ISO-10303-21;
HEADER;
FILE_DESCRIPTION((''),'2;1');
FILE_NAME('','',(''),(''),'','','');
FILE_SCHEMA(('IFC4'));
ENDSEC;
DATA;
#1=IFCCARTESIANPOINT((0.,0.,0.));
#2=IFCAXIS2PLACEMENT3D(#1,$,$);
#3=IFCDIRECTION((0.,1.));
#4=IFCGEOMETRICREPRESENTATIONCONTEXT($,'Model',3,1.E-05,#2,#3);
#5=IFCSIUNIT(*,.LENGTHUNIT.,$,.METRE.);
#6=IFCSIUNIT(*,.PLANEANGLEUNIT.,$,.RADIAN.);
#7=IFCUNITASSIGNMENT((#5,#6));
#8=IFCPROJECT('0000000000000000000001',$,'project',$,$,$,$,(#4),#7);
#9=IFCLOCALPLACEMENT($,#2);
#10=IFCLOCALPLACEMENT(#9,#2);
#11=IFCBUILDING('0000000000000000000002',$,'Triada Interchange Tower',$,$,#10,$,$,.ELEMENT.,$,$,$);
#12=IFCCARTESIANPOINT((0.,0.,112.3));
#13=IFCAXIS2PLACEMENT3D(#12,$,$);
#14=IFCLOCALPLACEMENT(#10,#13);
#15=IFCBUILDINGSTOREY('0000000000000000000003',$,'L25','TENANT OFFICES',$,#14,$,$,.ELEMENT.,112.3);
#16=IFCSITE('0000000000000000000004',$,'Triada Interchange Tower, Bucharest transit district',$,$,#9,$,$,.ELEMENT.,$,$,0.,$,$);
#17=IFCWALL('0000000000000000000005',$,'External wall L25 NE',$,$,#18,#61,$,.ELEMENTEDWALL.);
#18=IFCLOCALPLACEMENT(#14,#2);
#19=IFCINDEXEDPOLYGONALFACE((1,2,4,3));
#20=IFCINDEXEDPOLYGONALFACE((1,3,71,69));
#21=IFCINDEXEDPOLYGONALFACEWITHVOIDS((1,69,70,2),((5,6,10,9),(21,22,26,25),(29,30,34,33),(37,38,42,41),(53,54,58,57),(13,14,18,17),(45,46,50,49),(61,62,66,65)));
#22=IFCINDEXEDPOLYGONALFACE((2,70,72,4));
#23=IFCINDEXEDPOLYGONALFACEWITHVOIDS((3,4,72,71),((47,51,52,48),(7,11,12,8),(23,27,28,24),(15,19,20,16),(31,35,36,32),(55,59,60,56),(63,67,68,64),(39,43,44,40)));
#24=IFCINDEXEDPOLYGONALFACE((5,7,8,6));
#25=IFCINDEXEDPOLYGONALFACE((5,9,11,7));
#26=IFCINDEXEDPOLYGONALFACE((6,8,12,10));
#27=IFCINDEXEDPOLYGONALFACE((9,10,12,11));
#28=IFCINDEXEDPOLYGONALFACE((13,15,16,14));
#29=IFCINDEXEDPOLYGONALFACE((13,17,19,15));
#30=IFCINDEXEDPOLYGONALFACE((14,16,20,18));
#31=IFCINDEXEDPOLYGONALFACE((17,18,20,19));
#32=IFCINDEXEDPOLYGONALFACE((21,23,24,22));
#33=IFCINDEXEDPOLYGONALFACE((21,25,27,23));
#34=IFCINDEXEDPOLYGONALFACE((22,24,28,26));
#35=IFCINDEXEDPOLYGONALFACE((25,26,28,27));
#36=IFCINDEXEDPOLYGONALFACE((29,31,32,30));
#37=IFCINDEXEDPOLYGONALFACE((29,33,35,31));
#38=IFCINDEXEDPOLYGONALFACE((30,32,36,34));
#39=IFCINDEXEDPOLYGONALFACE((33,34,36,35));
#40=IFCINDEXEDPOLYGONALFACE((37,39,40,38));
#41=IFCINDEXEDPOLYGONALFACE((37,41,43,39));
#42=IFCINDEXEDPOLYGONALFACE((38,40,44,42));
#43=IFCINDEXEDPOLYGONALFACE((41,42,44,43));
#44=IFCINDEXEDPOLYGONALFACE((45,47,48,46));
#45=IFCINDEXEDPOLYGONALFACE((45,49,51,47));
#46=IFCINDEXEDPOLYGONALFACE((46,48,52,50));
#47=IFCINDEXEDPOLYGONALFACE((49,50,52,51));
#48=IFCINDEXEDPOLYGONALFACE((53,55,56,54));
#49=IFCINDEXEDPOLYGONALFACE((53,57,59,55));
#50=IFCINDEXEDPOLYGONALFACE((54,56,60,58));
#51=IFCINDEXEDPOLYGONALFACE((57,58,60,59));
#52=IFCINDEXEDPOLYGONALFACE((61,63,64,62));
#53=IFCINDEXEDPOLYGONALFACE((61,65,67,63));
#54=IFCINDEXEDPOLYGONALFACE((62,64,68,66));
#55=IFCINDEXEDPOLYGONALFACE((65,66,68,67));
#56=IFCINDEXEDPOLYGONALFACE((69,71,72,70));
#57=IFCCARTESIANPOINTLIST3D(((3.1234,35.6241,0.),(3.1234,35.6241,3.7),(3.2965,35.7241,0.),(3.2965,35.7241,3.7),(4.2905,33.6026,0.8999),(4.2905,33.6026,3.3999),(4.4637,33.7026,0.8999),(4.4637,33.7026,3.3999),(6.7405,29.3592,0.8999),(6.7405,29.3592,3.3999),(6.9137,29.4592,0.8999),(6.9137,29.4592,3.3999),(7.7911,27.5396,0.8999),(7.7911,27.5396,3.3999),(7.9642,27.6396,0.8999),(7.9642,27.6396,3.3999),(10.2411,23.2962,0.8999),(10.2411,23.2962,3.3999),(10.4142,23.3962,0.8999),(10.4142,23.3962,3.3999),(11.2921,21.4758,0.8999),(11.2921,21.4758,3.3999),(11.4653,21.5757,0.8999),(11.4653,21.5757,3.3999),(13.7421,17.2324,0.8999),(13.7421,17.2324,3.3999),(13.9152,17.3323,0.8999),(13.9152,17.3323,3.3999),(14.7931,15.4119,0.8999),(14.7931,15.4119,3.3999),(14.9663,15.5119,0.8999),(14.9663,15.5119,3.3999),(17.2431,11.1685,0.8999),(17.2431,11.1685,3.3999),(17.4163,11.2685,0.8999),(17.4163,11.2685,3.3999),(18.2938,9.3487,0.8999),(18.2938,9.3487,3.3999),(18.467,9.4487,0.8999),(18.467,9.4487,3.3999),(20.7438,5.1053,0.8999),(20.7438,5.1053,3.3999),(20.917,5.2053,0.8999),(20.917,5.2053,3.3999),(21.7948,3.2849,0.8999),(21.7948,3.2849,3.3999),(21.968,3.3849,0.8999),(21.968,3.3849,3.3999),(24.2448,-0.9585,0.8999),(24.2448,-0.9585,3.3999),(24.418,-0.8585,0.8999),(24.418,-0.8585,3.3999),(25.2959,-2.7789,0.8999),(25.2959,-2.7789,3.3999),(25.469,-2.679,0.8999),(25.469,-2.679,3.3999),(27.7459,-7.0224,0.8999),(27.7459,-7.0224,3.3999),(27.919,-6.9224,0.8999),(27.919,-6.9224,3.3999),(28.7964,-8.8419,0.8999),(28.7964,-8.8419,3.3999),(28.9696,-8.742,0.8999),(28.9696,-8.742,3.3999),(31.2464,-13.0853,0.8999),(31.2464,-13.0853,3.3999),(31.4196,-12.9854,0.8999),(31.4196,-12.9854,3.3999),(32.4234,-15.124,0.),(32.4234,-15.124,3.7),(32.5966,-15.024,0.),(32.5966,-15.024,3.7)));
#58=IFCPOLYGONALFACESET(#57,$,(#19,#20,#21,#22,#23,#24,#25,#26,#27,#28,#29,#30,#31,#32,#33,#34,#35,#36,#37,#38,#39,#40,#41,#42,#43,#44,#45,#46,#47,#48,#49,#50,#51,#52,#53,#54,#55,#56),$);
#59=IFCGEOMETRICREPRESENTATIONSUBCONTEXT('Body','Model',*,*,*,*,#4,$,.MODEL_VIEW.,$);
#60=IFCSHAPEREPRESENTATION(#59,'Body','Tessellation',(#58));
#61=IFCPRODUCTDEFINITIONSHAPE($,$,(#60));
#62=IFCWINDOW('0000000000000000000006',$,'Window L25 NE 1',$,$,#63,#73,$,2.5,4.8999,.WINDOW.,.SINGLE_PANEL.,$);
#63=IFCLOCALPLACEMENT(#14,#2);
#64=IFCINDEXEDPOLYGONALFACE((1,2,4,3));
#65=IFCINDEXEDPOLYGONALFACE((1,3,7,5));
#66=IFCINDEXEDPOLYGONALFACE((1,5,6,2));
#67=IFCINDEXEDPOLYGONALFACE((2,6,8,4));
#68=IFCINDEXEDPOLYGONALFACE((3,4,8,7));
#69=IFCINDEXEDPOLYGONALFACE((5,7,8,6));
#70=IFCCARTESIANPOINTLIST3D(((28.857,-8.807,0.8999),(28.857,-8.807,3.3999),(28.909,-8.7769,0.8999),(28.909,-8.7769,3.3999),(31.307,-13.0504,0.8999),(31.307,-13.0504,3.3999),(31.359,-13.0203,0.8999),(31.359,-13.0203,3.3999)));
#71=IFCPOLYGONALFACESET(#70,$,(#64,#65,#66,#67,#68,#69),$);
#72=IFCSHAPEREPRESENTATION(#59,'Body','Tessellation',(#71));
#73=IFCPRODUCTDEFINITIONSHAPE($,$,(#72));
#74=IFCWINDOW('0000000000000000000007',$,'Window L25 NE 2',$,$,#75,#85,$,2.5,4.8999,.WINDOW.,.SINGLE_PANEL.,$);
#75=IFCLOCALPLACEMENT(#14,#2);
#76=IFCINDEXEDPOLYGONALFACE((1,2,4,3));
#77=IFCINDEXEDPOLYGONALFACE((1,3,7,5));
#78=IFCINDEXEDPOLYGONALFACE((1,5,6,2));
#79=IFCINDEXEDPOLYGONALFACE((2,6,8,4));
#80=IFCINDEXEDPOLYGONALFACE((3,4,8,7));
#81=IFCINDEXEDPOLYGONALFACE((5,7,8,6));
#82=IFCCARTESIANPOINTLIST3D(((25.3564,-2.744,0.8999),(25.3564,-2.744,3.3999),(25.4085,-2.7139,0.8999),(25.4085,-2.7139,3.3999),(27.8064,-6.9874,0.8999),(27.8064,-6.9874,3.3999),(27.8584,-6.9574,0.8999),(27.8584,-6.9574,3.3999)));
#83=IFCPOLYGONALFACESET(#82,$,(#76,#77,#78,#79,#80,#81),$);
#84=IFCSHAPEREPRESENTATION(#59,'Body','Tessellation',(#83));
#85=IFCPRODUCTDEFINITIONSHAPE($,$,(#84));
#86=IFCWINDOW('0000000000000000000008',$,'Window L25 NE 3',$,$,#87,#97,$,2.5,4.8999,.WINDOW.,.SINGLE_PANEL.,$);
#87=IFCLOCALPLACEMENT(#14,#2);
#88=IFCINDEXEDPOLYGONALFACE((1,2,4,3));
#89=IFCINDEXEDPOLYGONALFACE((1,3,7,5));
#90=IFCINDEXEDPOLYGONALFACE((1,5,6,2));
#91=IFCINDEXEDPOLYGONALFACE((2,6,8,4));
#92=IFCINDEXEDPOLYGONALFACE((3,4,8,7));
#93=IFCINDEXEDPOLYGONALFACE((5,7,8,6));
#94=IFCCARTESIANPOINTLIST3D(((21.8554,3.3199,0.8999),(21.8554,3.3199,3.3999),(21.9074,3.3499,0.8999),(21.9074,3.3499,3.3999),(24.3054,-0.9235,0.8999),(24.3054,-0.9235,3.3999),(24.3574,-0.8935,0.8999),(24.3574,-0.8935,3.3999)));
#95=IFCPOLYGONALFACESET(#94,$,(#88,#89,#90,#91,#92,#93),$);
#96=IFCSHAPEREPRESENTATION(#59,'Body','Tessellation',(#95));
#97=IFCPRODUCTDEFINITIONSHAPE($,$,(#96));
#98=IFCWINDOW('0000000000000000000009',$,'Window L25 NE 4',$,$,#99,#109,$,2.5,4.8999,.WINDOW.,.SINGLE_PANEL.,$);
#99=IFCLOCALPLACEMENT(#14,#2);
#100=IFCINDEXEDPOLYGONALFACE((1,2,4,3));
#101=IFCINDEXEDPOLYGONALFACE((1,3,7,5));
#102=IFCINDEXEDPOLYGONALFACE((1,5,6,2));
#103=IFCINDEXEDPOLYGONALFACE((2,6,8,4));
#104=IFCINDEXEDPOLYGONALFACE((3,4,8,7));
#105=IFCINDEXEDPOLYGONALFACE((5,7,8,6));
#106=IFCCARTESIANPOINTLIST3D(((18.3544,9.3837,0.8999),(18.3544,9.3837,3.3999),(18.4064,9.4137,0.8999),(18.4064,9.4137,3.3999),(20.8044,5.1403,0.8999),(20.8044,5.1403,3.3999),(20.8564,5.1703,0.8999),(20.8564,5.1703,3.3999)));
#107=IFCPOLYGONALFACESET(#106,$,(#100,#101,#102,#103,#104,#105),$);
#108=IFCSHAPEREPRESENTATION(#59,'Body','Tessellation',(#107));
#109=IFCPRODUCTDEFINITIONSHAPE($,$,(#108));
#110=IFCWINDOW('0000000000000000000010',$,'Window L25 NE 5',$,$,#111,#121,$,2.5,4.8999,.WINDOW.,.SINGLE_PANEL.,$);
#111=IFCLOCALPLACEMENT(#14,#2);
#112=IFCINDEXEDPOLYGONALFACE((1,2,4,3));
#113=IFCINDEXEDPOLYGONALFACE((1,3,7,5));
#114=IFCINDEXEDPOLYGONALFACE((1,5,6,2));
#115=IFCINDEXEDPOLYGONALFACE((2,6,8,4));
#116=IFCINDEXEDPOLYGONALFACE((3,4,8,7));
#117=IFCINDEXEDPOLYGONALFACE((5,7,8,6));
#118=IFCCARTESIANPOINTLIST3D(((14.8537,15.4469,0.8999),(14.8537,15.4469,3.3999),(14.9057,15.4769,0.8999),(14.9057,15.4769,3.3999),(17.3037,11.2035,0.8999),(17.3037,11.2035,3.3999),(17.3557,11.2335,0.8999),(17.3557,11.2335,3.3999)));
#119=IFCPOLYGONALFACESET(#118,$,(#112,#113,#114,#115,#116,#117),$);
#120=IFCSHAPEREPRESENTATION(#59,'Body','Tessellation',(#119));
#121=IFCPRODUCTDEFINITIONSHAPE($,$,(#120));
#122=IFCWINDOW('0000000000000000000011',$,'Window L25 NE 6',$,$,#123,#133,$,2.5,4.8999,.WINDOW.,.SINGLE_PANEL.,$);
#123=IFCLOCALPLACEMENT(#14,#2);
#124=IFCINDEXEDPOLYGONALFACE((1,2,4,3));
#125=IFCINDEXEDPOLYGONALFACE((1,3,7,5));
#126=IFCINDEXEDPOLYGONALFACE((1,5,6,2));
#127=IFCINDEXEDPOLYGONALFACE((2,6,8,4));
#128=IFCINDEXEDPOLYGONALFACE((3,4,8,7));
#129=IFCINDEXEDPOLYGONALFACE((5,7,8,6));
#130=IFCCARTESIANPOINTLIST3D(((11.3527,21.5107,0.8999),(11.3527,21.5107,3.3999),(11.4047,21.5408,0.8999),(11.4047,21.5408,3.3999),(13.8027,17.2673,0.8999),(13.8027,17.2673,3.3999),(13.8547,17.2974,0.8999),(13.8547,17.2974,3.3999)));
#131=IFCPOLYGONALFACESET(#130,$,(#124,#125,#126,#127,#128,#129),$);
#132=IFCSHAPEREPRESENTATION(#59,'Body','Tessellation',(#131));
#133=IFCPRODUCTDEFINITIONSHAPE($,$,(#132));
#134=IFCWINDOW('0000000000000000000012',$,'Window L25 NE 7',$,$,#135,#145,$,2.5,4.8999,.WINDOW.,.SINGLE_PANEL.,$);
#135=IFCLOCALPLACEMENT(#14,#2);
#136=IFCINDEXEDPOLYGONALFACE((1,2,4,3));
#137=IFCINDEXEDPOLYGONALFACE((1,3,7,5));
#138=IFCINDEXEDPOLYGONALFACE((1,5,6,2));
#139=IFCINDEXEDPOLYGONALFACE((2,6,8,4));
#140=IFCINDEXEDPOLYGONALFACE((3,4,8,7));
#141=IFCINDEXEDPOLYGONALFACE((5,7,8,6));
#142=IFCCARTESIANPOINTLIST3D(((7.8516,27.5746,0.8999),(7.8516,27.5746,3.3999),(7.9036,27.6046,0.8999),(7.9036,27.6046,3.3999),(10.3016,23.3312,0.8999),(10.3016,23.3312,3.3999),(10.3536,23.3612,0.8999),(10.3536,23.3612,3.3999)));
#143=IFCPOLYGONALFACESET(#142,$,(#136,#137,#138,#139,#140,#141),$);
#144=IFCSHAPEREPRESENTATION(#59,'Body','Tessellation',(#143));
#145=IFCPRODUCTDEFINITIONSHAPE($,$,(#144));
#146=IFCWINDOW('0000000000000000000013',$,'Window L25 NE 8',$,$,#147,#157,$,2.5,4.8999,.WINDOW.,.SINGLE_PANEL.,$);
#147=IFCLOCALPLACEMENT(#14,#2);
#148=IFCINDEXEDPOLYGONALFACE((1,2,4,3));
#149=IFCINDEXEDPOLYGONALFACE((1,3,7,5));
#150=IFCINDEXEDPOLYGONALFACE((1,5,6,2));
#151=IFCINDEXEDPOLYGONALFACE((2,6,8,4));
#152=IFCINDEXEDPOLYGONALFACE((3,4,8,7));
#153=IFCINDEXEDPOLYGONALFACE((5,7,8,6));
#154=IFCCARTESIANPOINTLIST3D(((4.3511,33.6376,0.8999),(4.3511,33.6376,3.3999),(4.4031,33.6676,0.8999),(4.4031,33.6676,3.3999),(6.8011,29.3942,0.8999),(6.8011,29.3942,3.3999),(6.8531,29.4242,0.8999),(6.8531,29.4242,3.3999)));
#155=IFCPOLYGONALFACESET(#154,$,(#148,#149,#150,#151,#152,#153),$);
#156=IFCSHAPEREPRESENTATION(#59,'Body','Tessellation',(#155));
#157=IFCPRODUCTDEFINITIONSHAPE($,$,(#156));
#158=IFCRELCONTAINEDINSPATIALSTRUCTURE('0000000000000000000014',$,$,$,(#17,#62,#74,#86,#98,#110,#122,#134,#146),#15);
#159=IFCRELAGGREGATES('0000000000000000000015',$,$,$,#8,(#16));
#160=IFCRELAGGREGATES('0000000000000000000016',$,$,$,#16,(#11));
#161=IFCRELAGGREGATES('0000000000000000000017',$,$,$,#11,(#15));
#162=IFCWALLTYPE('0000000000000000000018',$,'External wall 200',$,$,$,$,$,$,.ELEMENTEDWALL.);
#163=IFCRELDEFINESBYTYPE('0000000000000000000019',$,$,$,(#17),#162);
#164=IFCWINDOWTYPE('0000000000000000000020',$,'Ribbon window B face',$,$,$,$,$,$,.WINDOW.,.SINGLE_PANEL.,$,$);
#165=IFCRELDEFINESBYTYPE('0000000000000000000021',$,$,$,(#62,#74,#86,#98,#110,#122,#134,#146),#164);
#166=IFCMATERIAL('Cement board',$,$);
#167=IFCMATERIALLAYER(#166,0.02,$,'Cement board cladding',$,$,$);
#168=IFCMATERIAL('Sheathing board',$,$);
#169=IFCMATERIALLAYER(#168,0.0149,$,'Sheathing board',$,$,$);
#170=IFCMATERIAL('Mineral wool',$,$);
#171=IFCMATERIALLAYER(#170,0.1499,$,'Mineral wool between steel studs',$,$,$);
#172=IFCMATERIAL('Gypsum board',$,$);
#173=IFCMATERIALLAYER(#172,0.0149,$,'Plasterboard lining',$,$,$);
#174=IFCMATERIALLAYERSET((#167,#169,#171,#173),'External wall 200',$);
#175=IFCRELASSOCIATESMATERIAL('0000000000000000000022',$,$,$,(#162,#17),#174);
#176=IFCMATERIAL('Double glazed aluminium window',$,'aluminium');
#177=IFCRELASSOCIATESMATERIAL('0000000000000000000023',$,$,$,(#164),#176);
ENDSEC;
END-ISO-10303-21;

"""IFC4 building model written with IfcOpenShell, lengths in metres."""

from ifc_helpers import new_model, si_unit, direction, frame, frame_2d, origin, place, context, subcontext, project, spatial, rectangle, extrude, material, layer, layer_set, layer_usage, type_object, element, fill, save


model = new_model("IFC4")

# Units and contexts
model_context = context("Model", 3, precision=1e-05, world=origin(), true_north=direction((0.0, 1.0)))
body_context = subcontext(model_context, "Body", "Model", "MODEL_VIEW")
ifc_project = project(units=[si_unit("LENGTHUNIT", "METRE"), si_unit("PLANEANGLEUNIT", "RADIAN")], contexts=[model_context])

# Site, building, storey
site_placement = place(None, origin())
site = spatial("IfcSite", under=ifc_project, at=site_placement, Name="Triada Interchange Tower, Bucharest transit district", CompositionType="ELEMENT", RefElevation=0.0)
building_placement = place(site_placement, origin())
building = spatial("IfcBuilding", under=site, at=building_placement, Name="Triada Interchange Tower", CompositionType="ELEMENT")
storey_placement = place(building_placement, frame((0.0, 0.0, 112.3)))
storey = spatial("IfcBuildingStorey", under=building, at=storey_placement, Name="L25", Description="TENANT OFFICES", CompositionType="ELEMENT", Elevation=112.3)

# Shared definitions
ifc_material_1 = material(Name="Cement board")
ifc_layer_1 = layer(ifc_material_1, 0.02, Name="Cement board cladding")
ifc_material_2 = material(Name="Sheathing board")
ifc_layer_2 = layer(ifc_material_2, 0.0149, Name="Sheathing board")
ifc_material_3 = material(Name="Mineral wool")
ifc_layer_3 = layer(ifc_material_3, 0.1499, Name="Mineral wool between steel studs")
ifc_material_4 = material(Name="Gypsum board")
ifc_layer_4 = layer(ifc_material_4, 0.0149, Name="Plasterboard lining")
ifc_layer_set_1 = layer_set([ifc_layer_1, ifc_layer_2, ifc_layer_3, ifc_layer_4], Name="External wall 200")
ifc_layer_usage = layer_usage(ifc_layer_set_1, "AXIS2", "POSITIVE", -0.1001)
wall_type = type_object("IfcWallType", Name="External wall 200", PredefinedType="ELEMENTEDWALL", material=ifc_layer_set_1)
ifc_material_5 = material(Name="Double glazed aluminium window", Category="aluminium")

# Wall, openings, windows
wall_1_placement = place(storey_placement, frame((32.51, -15.074, 0.0), z_axis=(0.0, 0.0, 1.0), x_axis=(-0.500008, 0.866021, 0.0)))
wall_1 = element("IfcWall", 1, at=wall_1_placement, inside=storey, type_object=wall_type, material=ifc_layer_usage, Name="External wall L25 NE", PredefinedType="ELEMENTEDWALL", context=body_context, shape_type="SweptSolid", body=[
    extrude(rectangle(XDim=58.5991, YDim=0.2, at=frame_2d((29.2996, 0.0))), origin(), (0.0, 0.0, 1.0), 3.7),
])
opening_1_placement = place(wall_1_placement, frame((2.354, 0.0, 0.8999)))
opening_1 = element("IfcOpeningElement", 2, at=opening_1_placement, cuts=wall_1, PredefinedType="OPENING", context=body_context, shape_type="SweptSolid", body=[
    extrude(rectangle(XDim=4.8999, YDim=2.5, at=frame_2d((2.45, 1.25))), frame((0.0, 0.1099, 0.0), z_axis=(0.0, -1.0, 0.0), x_axis=(1.0, 0.0, 0.0)), (0.0, 0.0, 1.0), 0.22),
])
opening_2_placement = place(wall_1_placement, frame((9.355, 0.0, 0.8999)))
opening_2 = element("IfcOpeningElement", 3, at=opening_2_placement, cuts=wall_1, PredefinedType="OPENING", context=body_context, shape_type="SweptSolid", body=[
    extrude(rectangle(XDim=4.8999, YDim=2.5, at=frame_2d((2.45, 1.25))), frame((0.0, 0.1099, 0.0), z_axis=(0.0, -1.0, 0.0), x_axis=(1.0, 0.0, 0.0)), (0.0, 0.0, 1.0), 0.22),
])
opening_3_placement = place(wall_1_placement, frame((16.3569, 0.0, 0.8999)))
opening_3 = element("IfcOpeningElement", 4, at=opening_3_placement, cuts=wall_1, PredefinedType="OPENING", context=body_context, shape_type="SweptSolid", body=[
    extrude(rectangle(XDim=4.8999, YDim=2.5, at=frame_2d((2.45, 1.25))), frame((0.0, 0.1099, 0.0), z_axis=(0.0, -1.0, 0.0), x_axis=(1.0, 0.0, 0.0)), (0.0, 0.0, 1.0), 0.22),
])
opening_4_placement = place(wall_1_placement, frame((23.3589, 0.0, 0.8999)))
opening_4 = element("IfcOpeningElement", 5, at=opening_4_placement, cuts=wall_1, PredefinedType="OPENING", context=body_context, shape_type="SweptSolid", body=[
    extrude(rectangle(XDim=4.8999, YDim=2.5, at=frame_2d((2.45, 1.25))), frame((0.0, 0.1099, 0.0), z_axis=(0.0, -1.0, 0.0), x_axis=(1.0, 0.0, 0.0)), (0.0, 0.0, 1.0), 0.22),
])
opening_5_placement = place(wall_1_placement, frame((30.3601, 0.0, 0.8999)))
opening_5 = element("IfcOpeningElement", 6, at=opening_5_placement, cuts=wall_1, PredefinedType="OPENING", context=body_context, shape_type="SweptSolid", body=[
    extrude(rectangle(XDim=4.8999, YDim=2.5, at=frame_2d((2.45, 1.25))), frame((0.0, 0.1099, 0.0), z_axis=(0.0, -1.0, 0.0), x_axis=(1.0, 0.0, 0.0)), (0.0, 0.0, 1.0), 0.22),
])
opening_6_placement = place(wall_1_placement, frame((37.3621, 0.0, 0.8999)))
opening_6 = element("IfcOpeningElement", 7, at=opening_6_placement, cuts=wall_1, PredefinedType="OPENING", context=body_context, shape_type="SweptSolid", body=[
    extrude(rectangle(XDim=4.8999, YDim=2.5, at=frame_2d((2.45, 1.25))), frame((0.0, 0.1099, 0.0), z_axis=(0.0, -1.0, 0.0), x_axis=(1.0, 0.0, 0.0)), (0.0, 0.0, 1.0), 0.22),
])
opening_7_placement = place(wall_1_placement, frame((44.364, 0.0, 0.8999)))
opening_7 = element("IfcOpeningElement", 8, at=opening_7_placement, cuts=wall_1, PredefinedType="OPENING", context=body_context, shape_type="SweptSolid", body=[
    extrude(rectangle(XDim=4.8999, YDim=2.5, at=frame_2d((2.45, 1.25))), frame((0.0, 0.1099, 0.0), z_axis=(0.0, -1.0, 0.0), x_axis=(1.0, 0.0, 0.0)), (0.0, 0.0, 1.0), 0.22),
])
opening_8_placement = place(wall_1_placement, frame((51.365, 0.0, 0.8999)))
opening_8 = element("IfcOpeningElement", 9, at=opening_8_placement, cuts=wall_1, PredefinedType="OPENING", context=body_context, shape_type="SweptSolid", body=[
    extrude(rectangle(XDim=4.8999, YDim=2.5, at=frame_2d((2.45, 1.25))), frame((0.0, 0.1099, 0.0), z_axis=(0.0, -1.0, 0.0), x_axis=(1.0, 0.0, 0.0)), (0.0, 0.0, 1.0), 0.22),
])
window_type_1 = type_object("IfcWindowType", Name="Ribbon window B face", PartitioningType="SINGLE_PANEL", PredefinedType="WINDOW", material=ifc_material_5)
window_1_placement = place(opening_1_placement, origin())
window_1 = element("IfcWindow", 10, at=window_1_placement, inside=storey, type_object=window_type_1, Name="Window L25 NE 1", OverallHeight=2.5, OverallWidth=4.8999, PartitioningType="SINGLE_PANEL", PredefinedType="WINDOW", context=body_context, shape_type="SweptSolid", body=[
    extrude(rectangle(XDim=4.8999, YDim=2.5, at=frame_2d((2.45, 1.25))), frame((0.0, 0.03, 0.0), z_axis=(0.0, -1.0, 0.0), x_axis=(1.0, 0.0, 0.0)), (0.0, 0.0, 1.0), 0.0601),
])
fill(opening_1, window_1)
window_2_placement = place(opening_2_placement, origin())
window_2 = element("IfcWindow", 11, at=window_2_placement, inside=storey, type_object=window_type_1, Name="Window L25 NE 2", OverallHeight=2.5, OverallWidth=4.8999, PartitioningType="SINGLE_PANEL", PredefinedType="WINDOW", context=body_context, shape_type="SweptSolid", body=[
    extrude(rectangle(XDim=4.8999, YDim=2.5, at=frame_2d((2.45, 1.25))), frame((0.0, 0.03, 0.0), z_axis=(0.0, -1.0, 0.0), x_axis=(1.0, 0.0, 0.0)), (0.0, 0.0, 1.0), 0.0601),
])
fill(opening_2, window_2)
window_3_placement = place(opening_3_placement, origin())
window_3 = element("IfcWindow", 12, at=window_3_placement, inside=storey, type_object=window_type_1, Name="Window L25 NE 3", OverallHeight=2.5, OverallWidth=4.8999, PartitioningType="SINGLE_PANEL", PredefinedType="WINDOW", context=body_context, shape_type="SweptSolid", body=[
    extrude(rectangle(XDim=4.8999, YDim=2.5, at=frame_2d((2.45, 1.25))), frame((0.0, 0.03, 0.0), z_axis=(0.0, -1.0, 0.0), x_axis=(1.0, 0.0, 0.0)), (0.0, 0.0, 1.0), 0.0601),
])
fill(opening_3, window_3)
window_4_placement = place(opening_4_placement, origin())
window_4 = element("IfcWindow", 13, at=window_4_placement, inside=storey, type_object=window_type_1, Name="Window L25 NE 4", OverallHeight=2.5, OverallWidth=4.8999, PartitioningType="SINGLE_PANEL", PredefinedType="WINDOW", context=body_context, shape_type="SweptSolid", body=[
    extrude(rectangle(XDim=4.8999, YDim=2.5, at=frame_2d((2.45, 1.25))), frame((0.0, 0.03, 0.0), z_axis=(0.0, -1.0, 0.0), x_axis=(1.0, 0.0, 0.0)), (0.0, 0.0, 1.0), 0.0601),
])
fill(opening_4, window_4)
window_5_placement = place(opening_5_placement, origin())
window_5 = element("IfcWindow", 14, at=window_5_placement, inside=storey, type_object=window_type_1, Name="Window L25 NE 5", OverallHeight=2.5, OverallWidth=4.8999, PartitioningType="SINGLE_PANEL", PredefinedType="WINDOW", context=body_context, shape_type="SweptSolid", body=[
    extrude(rectangle(XDim=4.8999, YDim=2.5, at=frame_2d((2.45, 1.25))), frame((0.0, 0.03, 0.0), z_axis=(0.0, -1.0, 0.0), x_axis=(1.0, 0.0, 0.0)), (0.0, 0.0, 1.0), 0.0601),
])
fill(opening_5, window_5)
window_6_placement = place(opening_6_placement, origin())
window_6 = element("IfcWindow", 15, at=window_6_placement, inside=storey, type_object=window_type_1, Name="Window L25 NE 6", OverallHeight=2.5, OverallWidth=4.8999, PartitioningType="SINGLE_PANEL", PredefinedType="WINDOW", context=body_context, shape_type="SweptSolid", body=[
    extrude(rectangle(XDim=4.8999, YDim=2.5, at=frame_2d((2.45, 1.25))), frame((0.0, 0.03, 0.0), z_axis=(0.0, -1.0, 0.0), x_axis=(1.0, 0.0, 0.0)), (0.0, 0.0, 1.0), 0.0601),
])
fill(opening_6, window_6)
window_7_placement = place(opening_7_placement, origin())
window_7 = element("IfcWindow", 16, at=window_7_placement, inside=storey, type_object=window_type_1, Name="Window L25 NE 7", OverallHeight=2.5, OverallWidth=4.8999, PartitioningType="SINGLE_PANEL", PredefinedType="WINDOW", context=body_context, shape_type="SweptSolid", body=[
    extrude(rectangle(XDim=4.8999, YDim=2.5, at=frame_2d((2.45, 1.25))), frame((0.0, 0.03, 0.0), z_axis=(0.0, -1.0, 0.0), x_axis=(1.0, 0.0, 0.0)), (0.0, 0.0, 1.0), 0.0601),
])
fill(opening_7, window_7)
window_8_placement = place(opening_8_placement, origin())
window_8 = element("IfcWindow", 17, at=window_8_placement, inside=storey, type_object=window_type_1, Name="Window L25 NE 8", OverallHeight=2.5, OverallWidth=4.8999, PartitioningType="SINGLE_PANEL", PredefinedType="WINDOW", context=body_context, shape_type="SweptSolid", body=[
    extrude(rectangle(XDim=4.8999, YDim=2.5, at=frame_2d((2.45, 1.25))), frame((0.0, 0.03, 0.0), z_axis=(0.0, -1.0, 0.0), x_axis=(1.0, 0.0, 0.0)), (0.0, 0.0, 1.0), 0.0601),
])
fill(opening_8, window_8)

save(model, "model.ifc")
